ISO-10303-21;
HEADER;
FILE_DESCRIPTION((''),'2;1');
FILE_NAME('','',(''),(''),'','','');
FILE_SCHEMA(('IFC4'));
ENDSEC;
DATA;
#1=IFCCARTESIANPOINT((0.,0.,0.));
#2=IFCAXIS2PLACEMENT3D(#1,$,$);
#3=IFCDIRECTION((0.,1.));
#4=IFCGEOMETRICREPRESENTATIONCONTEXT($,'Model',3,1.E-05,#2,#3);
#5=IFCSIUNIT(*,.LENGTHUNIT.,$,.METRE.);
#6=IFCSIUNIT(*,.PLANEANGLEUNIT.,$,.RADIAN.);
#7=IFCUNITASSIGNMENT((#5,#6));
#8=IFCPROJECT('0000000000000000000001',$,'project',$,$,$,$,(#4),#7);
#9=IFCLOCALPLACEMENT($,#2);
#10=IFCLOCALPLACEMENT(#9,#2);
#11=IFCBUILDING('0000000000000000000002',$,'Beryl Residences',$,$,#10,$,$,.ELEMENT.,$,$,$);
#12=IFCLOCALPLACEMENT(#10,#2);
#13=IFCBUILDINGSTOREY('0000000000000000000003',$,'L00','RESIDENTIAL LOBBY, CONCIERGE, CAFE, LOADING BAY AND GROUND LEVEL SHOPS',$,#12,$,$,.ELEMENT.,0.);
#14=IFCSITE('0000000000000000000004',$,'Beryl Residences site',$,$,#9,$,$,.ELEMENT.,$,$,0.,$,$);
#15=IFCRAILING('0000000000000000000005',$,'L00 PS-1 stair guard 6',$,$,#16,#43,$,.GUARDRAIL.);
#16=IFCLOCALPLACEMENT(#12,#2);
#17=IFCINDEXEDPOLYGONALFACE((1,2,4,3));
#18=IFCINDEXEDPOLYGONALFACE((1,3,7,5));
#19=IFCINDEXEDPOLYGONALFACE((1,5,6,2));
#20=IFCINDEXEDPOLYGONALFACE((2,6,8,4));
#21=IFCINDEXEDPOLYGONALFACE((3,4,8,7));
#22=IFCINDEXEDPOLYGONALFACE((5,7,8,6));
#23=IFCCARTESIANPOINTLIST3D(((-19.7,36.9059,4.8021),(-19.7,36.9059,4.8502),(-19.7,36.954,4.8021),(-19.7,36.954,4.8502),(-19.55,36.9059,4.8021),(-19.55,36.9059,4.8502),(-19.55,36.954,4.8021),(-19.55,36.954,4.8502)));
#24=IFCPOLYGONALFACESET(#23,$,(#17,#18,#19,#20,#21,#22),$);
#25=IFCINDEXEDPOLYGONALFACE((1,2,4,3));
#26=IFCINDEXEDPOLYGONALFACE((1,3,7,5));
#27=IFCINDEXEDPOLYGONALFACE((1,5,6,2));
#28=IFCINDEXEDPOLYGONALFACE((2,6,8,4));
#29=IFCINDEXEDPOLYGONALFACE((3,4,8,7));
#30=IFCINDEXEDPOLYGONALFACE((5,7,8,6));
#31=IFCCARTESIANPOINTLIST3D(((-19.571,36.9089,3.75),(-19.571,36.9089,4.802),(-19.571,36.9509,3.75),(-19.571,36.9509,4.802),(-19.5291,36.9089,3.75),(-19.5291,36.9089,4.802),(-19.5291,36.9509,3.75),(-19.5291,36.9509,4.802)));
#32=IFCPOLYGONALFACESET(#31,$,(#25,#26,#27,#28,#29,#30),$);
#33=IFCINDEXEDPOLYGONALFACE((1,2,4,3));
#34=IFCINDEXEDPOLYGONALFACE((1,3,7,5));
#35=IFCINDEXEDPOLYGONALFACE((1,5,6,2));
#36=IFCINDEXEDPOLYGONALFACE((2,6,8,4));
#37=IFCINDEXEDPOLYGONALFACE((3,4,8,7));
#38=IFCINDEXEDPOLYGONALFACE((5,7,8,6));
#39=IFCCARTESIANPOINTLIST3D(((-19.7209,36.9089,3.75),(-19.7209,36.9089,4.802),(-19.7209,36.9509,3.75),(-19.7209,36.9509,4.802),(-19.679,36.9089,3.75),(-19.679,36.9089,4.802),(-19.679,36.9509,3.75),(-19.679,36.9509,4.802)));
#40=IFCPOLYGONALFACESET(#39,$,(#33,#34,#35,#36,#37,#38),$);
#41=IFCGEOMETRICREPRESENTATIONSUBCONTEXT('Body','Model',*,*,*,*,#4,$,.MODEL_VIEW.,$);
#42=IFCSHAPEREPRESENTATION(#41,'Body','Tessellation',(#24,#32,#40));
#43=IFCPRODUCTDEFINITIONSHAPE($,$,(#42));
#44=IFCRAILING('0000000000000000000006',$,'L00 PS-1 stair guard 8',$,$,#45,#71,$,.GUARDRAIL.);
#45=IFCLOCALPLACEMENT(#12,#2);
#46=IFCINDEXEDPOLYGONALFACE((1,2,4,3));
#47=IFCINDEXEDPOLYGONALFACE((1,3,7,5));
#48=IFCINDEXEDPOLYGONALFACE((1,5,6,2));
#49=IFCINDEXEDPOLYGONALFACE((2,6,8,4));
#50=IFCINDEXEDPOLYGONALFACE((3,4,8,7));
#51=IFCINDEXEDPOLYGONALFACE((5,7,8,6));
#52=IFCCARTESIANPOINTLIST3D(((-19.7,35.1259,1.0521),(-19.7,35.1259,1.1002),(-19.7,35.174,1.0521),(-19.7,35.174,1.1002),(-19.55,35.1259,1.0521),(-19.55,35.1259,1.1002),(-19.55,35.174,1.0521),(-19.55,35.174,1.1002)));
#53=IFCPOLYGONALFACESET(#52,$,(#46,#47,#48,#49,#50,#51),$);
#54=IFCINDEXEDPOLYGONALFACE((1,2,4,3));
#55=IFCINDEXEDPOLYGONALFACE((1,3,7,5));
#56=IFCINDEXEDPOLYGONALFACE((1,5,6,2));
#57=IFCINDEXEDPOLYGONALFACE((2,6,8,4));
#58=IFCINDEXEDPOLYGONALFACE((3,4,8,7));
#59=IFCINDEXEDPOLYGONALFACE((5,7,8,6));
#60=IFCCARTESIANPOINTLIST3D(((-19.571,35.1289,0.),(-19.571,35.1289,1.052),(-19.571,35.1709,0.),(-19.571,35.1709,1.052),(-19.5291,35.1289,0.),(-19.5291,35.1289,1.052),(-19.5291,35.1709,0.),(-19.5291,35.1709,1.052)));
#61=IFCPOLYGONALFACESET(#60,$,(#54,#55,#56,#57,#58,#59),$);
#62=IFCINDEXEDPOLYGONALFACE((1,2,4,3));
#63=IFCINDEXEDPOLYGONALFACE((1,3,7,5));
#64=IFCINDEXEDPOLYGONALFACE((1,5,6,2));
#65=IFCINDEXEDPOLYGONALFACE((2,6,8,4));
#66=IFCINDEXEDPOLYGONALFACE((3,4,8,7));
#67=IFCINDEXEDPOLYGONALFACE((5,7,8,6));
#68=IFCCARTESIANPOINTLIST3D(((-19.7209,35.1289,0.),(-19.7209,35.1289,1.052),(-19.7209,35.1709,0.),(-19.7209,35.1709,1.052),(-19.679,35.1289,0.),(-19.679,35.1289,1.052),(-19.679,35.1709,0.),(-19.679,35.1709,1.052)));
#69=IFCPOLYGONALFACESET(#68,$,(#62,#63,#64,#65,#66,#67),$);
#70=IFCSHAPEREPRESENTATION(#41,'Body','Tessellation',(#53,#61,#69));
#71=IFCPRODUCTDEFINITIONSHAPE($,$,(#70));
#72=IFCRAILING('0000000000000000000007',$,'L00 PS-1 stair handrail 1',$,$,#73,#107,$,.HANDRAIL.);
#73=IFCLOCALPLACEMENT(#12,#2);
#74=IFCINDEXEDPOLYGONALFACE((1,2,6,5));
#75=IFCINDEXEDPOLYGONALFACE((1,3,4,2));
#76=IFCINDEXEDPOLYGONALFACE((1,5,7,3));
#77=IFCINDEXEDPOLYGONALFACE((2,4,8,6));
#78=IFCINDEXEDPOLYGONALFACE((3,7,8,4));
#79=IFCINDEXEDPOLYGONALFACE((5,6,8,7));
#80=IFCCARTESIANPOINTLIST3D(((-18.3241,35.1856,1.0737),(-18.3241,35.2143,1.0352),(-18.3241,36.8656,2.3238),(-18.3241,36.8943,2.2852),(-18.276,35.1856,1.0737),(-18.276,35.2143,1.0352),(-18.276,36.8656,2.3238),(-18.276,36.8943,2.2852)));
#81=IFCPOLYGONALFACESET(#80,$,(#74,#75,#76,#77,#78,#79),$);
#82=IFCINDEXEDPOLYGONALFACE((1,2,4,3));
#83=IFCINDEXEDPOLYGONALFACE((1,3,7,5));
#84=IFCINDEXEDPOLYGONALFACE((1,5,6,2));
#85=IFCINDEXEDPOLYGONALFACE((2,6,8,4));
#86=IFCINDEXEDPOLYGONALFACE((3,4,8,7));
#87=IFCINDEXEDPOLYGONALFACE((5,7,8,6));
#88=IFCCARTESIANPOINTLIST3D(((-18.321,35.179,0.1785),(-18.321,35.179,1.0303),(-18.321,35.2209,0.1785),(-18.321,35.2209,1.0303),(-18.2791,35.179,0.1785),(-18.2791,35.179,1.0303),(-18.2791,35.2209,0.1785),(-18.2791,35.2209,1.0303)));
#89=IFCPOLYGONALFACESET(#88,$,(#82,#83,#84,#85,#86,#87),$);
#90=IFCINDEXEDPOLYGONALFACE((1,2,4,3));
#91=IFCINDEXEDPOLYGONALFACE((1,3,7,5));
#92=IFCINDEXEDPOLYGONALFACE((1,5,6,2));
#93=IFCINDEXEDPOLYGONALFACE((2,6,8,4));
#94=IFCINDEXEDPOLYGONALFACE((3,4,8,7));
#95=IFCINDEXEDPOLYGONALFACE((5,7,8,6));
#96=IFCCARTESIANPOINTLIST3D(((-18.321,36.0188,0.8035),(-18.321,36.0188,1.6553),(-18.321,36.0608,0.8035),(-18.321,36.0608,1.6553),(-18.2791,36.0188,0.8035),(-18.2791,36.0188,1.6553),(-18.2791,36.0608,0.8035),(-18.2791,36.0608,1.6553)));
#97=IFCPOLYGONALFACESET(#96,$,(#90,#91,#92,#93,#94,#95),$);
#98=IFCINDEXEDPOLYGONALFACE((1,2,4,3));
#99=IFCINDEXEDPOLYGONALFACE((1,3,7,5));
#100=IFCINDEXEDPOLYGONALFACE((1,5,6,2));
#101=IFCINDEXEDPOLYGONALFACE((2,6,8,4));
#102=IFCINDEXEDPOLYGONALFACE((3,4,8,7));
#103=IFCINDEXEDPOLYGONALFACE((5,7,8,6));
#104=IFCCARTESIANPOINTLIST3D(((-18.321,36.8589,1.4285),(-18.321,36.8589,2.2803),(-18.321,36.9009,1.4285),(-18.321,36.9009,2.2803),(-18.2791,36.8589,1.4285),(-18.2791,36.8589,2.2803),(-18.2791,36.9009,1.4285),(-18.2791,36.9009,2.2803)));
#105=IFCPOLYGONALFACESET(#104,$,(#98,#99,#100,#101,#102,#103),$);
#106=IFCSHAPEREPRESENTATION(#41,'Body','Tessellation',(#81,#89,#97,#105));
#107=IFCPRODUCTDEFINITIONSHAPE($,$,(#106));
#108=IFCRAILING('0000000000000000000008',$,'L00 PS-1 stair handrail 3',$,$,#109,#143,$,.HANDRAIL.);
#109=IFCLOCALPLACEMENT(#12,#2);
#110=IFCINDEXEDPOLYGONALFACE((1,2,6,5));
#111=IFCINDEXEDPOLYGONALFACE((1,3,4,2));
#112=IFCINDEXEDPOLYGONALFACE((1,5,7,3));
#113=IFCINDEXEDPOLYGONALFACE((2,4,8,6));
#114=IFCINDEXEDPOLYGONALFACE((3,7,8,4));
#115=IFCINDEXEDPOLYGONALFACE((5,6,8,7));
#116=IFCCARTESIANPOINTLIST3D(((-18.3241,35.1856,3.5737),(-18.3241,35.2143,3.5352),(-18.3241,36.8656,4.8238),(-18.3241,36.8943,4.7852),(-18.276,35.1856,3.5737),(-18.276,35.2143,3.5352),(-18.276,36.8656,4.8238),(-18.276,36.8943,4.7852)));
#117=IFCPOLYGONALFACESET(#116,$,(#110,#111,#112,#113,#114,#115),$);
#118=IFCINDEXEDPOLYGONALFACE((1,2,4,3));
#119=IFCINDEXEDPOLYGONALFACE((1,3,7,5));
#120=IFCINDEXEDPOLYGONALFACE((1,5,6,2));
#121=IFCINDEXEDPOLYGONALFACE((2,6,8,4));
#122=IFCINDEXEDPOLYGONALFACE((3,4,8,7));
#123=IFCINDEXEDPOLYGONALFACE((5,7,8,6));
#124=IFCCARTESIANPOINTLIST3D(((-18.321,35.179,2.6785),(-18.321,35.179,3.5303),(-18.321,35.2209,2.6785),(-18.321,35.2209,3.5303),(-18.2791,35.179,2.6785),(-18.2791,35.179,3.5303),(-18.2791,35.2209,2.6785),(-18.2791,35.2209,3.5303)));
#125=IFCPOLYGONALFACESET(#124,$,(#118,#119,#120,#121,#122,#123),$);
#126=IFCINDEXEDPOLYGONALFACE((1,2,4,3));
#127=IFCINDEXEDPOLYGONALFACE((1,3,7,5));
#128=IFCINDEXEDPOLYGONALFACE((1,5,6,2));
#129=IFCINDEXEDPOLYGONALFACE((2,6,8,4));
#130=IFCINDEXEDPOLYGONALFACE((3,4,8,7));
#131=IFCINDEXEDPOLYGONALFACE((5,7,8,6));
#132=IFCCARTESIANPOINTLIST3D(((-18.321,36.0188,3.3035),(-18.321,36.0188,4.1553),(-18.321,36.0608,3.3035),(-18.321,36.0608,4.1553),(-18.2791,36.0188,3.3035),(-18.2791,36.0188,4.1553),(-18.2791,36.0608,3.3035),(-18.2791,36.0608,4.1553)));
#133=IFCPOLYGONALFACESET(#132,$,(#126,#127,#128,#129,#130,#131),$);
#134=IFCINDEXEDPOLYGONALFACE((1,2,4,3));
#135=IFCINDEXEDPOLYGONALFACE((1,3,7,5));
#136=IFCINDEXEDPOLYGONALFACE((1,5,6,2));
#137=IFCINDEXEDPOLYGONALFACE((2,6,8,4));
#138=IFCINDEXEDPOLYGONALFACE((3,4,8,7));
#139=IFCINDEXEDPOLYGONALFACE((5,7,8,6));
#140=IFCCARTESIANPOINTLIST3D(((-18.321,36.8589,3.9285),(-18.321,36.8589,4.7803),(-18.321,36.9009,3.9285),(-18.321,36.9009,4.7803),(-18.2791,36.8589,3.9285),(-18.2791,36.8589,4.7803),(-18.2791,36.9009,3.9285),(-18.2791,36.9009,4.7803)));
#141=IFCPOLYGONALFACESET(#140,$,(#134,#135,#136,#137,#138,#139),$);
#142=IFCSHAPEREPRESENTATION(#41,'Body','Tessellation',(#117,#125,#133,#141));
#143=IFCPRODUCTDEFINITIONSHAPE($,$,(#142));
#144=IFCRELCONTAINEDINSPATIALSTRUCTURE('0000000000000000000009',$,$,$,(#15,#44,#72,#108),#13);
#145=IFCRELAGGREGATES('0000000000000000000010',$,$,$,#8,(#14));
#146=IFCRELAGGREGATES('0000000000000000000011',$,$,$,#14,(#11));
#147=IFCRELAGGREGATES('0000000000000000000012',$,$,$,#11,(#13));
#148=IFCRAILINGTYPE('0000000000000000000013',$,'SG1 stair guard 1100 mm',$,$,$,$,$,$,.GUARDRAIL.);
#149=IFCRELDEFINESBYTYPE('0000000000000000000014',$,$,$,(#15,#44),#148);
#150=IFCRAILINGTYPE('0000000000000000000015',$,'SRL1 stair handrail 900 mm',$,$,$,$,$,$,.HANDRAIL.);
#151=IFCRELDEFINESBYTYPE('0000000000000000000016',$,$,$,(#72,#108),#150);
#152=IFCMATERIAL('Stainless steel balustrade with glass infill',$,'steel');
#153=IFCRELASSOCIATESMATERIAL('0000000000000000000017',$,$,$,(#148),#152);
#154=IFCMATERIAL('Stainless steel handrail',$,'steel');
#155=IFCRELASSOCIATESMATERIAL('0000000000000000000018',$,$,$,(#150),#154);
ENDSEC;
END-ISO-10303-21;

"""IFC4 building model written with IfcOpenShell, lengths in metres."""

from ifc_helpers import new_model, si_unit, direction, frame, origin, origin_2d, place, context, subcontext, project, spatial, rectangle, extrude, material, type_object, element, save


model = new_model("IFC4")

# Units and contexts
model_context = context("Model", 3, precision=1e-05, world=origin(), true_north=direction((0.0, 1.0)))
body_context = subcontext(model_context, "Body", "Model", "MODEL_VIEW")
ifc_project = project(units=[si_unit("LENGTHUNIT", "METRE"), si_unit("PLANEANGLEUNIT", "RADIAN")], contexts=[model_context])

# Site, building, storey
site_placement = place(None, origin())
site = spatial("IfcSite", under=ifc_project, at=site_placement, Name="Beryl Residences site", CompositionType="ELEMENT", RefElevation=0.0)
building_placement = place(site_placement, origin())
building = spatial("IfcBuilding", under=site, at=building_placement, Name="Beryl Residences", CompositionType="ELEMENT")
storey_placement = place(building_placement, origin())
storey = spatial("IfcBuildingStorey", under=building, at=storey_placement, Name="L00", Description="RESIDENTIAL LOBBY, CONCIERGE, CAFE, LOADING BAY AND GROUND LEVEL SHOPS", CompositionType="ELEMENT", Elevation=0.0)

# Railings
ifc_material_1 = material(Name="Stainless steel balustrade with glass infill", Category="steel")
railing_type_1 = type_object("IfcRailingType", Name="SG1 stair guard 1100 mm", PredefinedType="GUARDRAIL", material=ifc_material_1)
for number, where, name in (
    (1, (-19.55, 36.9299, 3.75), "L00 PS-1 stair guard 6"),
    (2, (-19.55, 35.1499, 0.0), "L00 PS-1 stair guard 8"),
):
    element("IfcRailing", number, at=place(storey_placement, frame(where)), inside=storey, type_object=railing_type_1, Name=name, PredefinedType="GUARDRAIL", context=body_context, shape_type="SweptSolid", body=[
        extrude(rectangle(XDim=0.0481, YDim=0.0481, at=origin_2d()), frame((0.0, 0.0, 1.0762), z_axis=(-1.0, 0.0, 0.0), x_axis=(0.0, -1.0, 0.0)), (0.0, 0.0, 1.0), 0.1499),
        extrude(rectangle(XDim=0.042, YDim=0.042, at=origin_2d()), origin(), (0.0, 0.0, 1.0), 1.052),
        extrude(rectangle(XDim=0.042, YDim=0.042, at=origin_2d()), frame((-0.1499, 0.0, 0.0)), (0.0, 0.0, 1.0), 1.052),
    ])
ifc_material_2 = material(Name="Stainless steel handrail", Category="steel")
railing_type_2 = type_object("IfcRailingType", Name="SRL1 stair handrail 900 mm", PredefinedType="HANDRAIL", material=ifc_material_2)
for number, where, name in (
    (3, (-18.3, 35.2, 0.1785), "L00 PS-1 stair handrail 1"),
    (4, (-18.3, 35.2, 2.6785), "L00 PS-1 stair handrail 3"),
):
    element("IfcRailing", number, at=place(storey_placement, frame(where)), inside=storey, type_object=railing_type_2, Name=name, PredefinedType="HANDRAIL", context=body_context, shape_type="SweptSolid", body=[
        extrude(rectangle(XDim=0.0481, YDim=0.0481, at=origin_2d()), frame((0.0, 0.0, 0.876), z_axis=(0.0, 0.802275, 0.596955), x_axis=(-1.0, 0.0, 0.0)), (0.0, 0.0, 1.0), 2.094),
        extrude(rectangle(XDim=0.042, YDim=0.042, at=origin_2d()), origin(), (0.0, 0.0, 1.0), 0.8518),
        extrude(rectangle(XDim=0.042, YDim=0.042, at=origin_2d()), frame((0.0, 0.8398, 0.625)), (0.0, 0.0, 1.0), 0.8518),
        extrude(rectangle(XDim=0.042, YDim=0.042, at=origin_2d()), frame((0.0, 1.6799, 1.25)), (0.0, 0.0, 1.0), 0.8518),
    ])

save(model, "model.ifc")
